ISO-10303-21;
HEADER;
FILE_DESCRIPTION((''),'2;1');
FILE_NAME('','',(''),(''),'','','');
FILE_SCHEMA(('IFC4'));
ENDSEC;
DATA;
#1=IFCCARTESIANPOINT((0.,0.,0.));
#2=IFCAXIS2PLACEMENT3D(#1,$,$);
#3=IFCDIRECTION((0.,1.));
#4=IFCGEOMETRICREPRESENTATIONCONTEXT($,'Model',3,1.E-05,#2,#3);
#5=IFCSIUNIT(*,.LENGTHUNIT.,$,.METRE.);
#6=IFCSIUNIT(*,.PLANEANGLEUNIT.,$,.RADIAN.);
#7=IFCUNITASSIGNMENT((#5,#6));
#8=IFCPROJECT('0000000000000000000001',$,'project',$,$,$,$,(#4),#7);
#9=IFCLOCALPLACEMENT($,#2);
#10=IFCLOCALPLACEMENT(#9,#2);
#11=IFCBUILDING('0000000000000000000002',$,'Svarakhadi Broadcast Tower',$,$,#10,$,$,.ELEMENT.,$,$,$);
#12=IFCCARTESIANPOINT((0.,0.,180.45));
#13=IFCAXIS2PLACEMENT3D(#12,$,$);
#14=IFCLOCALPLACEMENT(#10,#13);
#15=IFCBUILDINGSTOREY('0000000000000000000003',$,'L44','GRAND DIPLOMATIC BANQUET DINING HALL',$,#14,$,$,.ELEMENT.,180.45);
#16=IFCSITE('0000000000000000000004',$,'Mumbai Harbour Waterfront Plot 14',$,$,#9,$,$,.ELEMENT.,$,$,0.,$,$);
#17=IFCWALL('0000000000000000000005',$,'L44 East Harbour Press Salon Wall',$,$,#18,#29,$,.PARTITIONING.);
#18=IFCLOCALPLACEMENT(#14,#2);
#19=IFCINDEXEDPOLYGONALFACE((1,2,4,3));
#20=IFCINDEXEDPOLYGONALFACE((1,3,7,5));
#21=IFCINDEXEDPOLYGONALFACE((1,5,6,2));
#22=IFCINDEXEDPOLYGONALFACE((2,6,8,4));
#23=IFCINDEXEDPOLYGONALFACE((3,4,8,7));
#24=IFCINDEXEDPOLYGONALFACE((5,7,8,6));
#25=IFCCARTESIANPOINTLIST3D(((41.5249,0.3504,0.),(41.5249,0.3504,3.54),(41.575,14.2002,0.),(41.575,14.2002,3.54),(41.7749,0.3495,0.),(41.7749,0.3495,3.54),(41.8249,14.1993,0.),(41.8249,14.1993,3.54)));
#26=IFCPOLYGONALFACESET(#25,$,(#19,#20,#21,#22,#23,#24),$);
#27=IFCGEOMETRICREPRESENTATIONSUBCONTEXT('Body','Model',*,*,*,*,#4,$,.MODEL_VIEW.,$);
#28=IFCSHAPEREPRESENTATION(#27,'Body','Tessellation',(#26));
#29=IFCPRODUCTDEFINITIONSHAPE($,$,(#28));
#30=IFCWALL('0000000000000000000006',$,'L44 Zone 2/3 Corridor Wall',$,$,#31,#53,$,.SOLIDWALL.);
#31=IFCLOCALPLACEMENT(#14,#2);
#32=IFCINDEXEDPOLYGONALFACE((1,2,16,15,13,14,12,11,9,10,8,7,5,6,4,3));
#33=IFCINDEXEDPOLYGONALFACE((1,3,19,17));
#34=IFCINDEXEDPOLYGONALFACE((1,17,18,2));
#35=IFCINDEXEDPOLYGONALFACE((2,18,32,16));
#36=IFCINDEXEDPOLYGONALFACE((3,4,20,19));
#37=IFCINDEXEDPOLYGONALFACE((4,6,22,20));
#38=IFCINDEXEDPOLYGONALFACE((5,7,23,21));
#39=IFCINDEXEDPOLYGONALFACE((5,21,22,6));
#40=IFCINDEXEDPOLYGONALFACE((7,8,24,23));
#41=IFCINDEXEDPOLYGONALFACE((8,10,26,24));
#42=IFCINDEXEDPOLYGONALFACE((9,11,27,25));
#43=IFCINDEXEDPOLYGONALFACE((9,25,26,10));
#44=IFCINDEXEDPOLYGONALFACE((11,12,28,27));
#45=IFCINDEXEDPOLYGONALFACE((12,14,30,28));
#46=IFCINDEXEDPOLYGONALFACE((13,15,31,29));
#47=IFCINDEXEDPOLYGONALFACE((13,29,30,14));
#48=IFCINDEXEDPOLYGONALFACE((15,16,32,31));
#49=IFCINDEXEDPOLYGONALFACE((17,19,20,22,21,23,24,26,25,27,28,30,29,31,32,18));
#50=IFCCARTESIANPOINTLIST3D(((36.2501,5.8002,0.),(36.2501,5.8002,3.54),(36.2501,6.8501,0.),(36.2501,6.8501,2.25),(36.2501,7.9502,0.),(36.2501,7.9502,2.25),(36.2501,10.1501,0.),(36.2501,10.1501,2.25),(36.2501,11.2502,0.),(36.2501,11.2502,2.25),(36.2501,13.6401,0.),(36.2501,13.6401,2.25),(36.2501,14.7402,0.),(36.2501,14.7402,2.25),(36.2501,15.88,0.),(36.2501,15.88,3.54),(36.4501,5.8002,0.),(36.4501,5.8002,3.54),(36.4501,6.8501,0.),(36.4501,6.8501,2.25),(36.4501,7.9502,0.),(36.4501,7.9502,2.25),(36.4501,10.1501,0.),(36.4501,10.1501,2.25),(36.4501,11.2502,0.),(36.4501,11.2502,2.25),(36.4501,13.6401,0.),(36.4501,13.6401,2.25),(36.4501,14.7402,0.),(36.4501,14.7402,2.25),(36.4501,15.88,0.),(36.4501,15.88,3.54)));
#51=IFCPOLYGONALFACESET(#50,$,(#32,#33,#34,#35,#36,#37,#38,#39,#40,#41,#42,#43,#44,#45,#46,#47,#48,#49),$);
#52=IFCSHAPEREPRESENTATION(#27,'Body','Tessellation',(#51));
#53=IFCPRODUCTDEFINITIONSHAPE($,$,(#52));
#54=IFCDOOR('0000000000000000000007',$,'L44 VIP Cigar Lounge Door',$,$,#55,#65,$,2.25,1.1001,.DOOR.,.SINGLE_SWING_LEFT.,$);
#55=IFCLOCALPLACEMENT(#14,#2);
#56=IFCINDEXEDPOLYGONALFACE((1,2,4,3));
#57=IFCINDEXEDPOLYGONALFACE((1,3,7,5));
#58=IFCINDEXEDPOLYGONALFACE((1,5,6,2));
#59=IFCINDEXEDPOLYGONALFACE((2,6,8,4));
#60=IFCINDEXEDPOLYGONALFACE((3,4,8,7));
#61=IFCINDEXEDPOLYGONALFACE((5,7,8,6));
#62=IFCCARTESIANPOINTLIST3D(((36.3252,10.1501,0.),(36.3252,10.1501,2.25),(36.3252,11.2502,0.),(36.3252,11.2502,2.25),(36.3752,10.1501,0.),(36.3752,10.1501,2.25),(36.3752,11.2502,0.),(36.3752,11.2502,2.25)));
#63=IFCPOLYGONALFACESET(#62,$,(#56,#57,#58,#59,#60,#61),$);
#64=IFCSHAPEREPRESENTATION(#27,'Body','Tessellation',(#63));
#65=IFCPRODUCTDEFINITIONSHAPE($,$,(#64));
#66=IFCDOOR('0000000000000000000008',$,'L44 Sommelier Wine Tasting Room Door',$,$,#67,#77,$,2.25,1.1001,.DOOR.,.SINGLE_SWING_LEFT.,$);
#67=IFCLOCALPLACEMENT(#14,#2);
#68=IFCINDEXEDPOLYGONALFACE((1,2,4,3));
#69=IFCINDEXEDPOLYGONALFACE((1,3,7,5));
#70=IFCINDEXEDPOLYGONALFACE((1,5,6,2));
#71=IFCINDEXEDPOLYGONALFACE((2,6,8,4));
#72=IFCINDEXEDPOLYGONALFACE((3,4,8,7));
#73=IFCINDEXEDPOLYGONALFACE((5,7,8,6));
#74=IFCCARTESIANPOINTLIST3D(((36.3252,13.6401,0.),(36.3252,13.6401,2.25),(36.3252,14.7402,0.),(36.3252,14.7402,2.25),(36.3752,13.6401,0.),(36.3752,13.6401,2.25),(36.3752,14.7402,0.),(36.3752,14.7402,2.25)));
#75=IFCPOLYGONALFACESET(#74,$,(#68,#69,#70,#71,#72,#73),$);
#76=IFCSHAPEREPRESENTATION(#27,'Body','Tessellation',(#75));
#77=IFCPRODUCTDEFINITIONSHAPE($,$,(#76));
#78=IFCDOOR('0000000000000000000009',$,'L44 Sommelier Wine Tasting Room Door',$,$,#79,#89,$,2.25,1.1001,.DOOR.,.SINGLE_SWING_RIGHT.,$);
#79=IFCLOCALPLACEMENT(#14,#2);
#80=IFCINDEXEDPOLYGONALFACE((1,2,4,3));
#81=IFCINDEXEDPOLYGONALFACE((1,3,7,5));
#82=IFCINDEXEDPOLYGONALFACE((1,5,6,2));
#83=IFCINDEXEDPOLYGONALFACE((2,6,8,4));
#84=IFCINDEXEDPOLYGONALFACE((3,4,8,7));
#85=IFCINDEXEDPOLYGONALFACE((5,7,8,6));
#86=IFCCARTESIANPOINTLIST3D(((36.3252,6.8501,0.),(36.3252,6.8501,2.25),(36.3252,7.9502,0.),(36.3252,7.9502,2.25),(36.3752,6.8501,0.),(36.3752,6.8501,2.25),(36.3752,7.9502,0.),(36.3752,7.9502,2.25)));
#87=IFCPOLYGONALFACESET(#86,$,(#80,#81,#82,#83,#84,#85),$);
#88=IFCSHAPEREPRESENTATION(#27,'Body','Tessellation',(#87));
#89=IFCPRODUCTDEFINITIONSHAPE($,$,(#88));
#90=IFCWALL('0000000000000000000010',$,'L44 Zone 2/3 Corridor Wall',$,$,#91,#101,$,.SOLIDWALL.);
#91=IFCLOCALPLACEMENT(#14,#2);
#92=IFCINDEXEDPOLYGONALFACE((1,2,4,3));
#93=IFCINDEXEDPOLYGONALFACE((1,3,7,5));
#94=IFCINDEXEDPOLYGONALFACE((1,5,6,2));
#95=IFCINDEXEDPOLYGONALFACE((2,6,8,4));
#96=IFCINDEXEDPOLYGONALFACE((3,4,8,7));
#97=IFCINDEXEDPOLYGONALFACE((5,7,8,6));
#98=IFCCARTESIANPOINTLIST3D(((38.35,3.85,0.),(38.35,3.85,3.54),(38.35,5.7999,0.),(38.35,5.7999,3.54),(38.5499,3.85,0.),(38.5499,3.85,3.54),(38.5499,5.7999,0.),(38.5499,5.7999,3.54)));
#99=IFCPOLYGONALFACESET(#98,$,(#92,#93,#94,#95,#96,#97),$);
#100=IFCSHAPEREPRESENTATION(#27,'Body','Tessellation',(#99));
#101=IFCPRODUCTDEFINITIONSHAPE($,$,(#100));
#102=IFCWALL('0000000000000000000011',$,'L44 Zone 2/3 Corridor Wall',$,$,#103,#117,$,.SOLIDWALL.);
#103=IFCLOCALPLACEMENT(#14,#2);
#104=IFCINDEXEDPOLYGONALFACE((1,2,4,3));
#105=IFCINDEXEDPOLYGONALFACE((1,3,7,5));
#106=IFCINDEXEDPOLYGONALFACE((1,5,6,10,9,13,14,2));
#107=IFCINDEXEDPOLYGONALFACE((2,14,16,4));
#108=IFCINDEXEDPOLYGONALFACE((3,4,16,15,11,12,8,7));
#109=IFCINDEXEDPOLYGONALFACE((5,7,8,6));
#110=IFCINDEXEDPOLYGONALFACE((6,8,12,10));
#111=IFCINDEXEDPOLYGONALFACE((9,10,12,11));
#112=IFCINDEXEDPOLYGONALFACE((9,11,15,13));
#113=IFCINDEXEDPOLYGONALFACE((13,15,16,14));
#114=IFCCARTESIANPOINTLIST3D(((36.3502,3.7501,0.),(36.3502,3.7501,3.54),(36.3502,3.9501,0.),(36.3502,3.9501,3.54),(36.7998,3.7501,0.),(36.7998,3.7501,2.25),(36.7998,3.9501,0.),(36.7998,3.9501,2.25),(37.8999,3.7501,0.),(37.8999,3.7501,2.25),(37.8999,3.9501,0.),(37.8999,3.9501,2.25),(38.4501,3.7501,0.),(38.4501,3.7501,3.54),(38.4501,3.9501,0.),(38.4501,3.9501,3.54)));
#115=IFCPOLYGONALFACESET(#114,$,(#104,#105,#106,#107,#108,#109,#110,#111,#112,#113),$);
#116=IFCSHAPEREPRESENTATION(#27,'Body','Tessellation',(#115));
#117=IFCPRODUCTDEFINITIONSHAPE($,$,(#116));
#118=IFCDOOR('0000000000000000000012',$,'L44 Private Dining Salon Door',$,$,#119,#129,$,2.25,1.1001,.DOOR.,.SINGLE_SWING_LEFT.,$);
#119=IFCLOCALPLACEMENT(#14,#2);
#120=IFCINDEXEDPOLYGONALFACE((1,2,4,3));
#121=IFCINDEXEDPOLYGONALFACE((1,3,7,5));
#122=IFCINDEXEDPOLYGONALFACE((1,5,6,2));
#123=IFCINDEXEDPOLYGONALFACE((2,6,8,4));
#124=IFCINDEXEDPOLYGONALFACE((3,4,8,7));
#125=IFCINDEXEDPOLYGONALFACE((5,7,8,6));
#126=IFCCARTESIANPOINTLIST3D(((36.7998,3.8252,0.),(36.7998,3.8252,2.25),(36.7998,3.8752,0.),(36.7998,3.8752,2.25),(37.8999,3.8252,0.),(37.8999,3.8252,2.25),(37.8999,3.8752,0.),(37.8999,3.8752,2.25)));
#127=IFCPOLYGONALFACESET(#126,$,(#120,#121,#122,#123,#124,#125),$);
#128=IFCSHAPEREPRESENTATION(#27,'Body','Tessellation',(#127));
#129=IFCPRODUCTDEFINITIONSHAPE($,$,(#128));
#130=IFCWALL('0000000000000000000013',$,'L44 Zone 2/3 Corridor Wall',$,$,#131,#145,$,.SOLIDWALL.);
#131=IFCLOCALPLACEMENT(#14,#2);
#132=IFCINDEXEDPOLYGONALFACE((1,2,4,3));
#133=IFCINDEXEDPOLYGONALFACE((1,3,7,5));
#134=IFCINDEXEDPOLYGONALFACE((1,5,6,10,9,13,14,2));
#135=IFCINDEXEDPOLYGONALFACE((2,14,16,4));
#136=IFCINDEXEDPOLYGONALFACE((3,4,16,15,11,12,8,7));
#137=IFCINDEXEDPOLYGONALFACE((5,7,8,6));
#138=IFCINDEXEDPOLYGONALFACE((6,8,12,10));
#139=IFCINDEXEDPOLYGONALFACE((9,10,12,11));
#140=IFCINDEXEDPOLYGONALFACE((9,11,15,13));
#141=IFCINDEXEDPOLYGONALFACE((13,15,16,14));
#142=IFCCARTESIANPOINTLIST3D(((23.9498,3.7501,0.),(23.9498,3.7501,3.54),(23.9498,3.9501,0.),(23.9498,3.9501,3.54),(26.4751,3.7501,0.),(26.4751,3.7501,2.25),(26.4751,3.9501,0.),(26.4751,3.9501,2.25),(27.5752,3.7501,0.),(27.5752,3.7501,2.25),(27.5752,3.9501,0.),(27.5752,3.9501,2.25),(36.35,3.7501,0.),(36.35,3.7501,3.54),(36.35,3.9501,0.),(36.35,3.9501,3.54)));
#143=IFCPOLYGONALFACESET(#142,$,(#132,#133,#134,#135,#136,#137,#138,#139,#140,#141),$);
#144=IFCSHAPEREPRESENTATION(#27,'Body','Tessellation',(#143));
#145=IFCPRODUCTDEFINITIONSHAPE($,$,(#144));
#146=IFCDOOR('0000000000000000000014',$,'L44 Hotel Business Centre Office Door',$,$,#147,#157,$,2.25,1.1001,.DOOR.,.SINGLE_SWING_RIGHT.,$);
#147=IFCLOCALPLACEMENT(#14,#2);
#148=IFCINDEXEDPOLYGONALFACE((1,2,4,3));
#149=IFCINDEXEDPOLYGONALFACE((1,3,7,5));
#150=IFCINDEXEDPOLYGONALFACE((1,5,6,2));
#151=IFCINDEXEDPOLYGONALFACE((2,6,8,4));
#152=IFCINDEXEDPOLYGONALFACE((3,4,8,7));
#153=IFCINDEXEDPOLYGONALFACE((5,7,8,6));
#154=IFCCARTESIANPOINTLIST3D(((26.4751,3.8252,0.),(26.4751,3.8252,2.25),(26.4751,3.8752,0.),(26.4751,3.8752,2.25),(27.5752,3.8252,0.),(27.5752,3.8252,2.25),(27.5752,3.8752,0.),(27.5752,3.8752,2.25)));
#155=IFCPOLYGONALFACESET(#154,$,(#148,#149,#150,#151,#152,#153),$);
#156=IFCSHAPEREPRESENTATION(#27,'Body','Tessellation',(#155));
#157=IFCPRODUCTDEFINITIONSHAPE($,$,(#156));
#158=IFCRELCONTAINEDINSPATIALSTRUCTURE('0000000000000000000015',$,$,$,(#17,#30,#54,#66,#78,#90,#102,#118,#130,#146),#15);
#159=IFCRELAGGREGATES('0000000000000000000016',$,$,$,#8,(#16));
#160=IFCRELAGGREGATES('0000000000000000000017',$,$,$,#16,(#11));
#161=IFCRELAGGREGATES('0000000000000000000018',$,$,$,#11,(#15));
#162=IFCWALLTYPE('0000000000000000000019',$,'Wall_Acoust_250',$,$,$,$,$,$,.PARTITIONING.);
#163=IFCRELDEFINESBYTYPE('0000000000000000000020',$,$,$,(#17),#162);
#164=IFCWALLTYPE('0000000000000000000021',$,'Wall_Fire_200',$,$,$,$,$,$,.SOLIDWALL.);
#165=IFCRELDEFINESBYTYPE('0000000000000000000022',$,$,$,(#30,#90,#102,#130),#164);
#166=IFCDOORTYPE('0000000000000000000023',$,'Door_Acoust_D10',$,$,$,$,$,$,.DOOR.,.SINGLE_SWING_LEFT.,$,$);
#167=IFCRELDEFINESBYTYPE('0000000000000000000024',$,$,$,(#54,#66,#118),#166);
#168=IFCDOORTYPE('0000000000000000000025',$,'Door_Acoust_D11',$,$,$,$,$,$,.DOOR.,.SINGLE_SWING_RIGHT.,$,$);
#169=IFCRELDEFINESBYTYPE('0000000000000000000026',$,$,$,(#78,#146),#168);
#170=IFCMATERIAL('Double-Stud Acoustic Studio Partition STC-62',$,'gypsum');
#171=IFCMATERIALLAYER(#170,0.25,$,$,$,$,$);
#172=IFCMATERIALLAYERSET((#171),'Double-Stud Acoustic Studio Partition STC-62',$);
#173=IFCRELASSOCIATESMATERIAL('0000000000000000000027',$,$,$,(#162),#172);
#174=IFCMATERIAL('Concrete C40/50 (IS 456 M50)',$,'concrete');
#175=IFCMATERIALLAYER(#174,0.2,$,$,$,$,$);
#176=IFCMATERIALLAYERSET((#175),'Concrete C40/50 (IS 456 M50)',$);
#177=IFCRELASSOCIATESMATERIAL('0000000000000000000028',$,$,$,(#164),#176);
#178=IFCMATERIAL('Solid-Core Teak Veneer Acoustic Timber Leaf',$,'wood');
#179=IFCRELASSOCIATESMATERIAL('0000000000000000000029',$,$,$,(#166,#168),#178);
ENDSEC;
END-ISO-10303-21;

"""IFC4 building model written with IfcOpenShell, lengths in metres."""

from ifc_helpers import new_model, si_unit, direction, frame, frame_2d, origin, place, context, subcontext, project, spatial, rectangle, extrude, material, layer, layer_set, type_object, element, fill, save


model = new_model("IFC4")

# Units and contexts
model_context = context("Model", 3, precision=1e-05, world=origin(), true_north=direction((0.0, 1.0)))
body_context = subcontext(model_context, "Body", "Model", "MODEL_VIEW")
ifc_project = project(units=[si_unit("LENGTHUNIT", "METRE"), si_unit("PLANEANGLEUNIT", "RADIAN")], contexts=[model_context])

# Site, building, storey
site_placement = place(None, origin())
site = spatial("IfcSite", under=ifc_project, at=site_placement, Name="Mumbai Harbour Waterfront Plot 14", CompositionType="ELEMENT", RefElevation=0.0)
building_placement = place(site_placement, origin())
building = spatial("IfcBuilding", under=site, at=building_placement, Name="Svarakhadi Broadcast Tower", CompositionType="ELEMENT")
storey_placement = place(building_placement, frame((0.0, 0.0, 180.45)))
storey = spatial("IfcBuildingStorey", under=building, at=storey_placement, Name="L44", Description="GRAND DIPLOMATIC BANQUET DINING HALL", CompositionType="ELEMENT", Elevation=180.45)

# Wall
ifc_material_1 = material(Name="Double-Stud Acoustic Studio Partition STC-62", Category="gypsum")
ifc_layer_1 = layer(ifc_material_1, 0.25)
ifc_layer_set_1 = layer_set([ifc_layer_1], Name="Double-Stud Acoustic Studio Partition STC-62")
wall_type_1 = type_object("IfcWallType", Name="Wall_Acoust_250", PredefinedType="PARTITIONING", material=ifc_layer_set_1)
wall_1_placement = place(storey_placement, frame((41.6499, 0.3501, 0.0), z_axis=(0.0, 0.0, 1.0), x_axis=(0.003614, 0.999993, 0.0)))
element("IfcWall", 1, at=wall_1_placement, inside=storey, type_object=wall_type_1, Name="L44 East Harbour Press Salon Wall", PredefinedType="PARTITIONING", context=body_context, shape_type="SweptSolid", body=[
    extrude(rectangle(XDim=13.8499, YDim=0.25, at=frame_2d((6.9248, 0.0))), origin(), (0.0, 0.0, 1.0), 3.54),
])

# Wall, openings, doors
ifc_material_2 = material(Name="Concrete C40/50 (IS 456 M50)", Category="concrete")
ifc_layer_2 = layer(ifc_material_2, 0.2)
ifc_layer_set_2 = layer_set([ifc_layer_2], Name="Concrete C40/50 (IS 456 M50)")
wall_type_2 = type_object("IfcWallType", Name="Wall_Fire_200", PredefinedType="SOLIDWALL", material=ifc_layer_set_2)
wall_2_placement = place(storey_placement, frame((36.3501, 5.8, 0.0), z_axis=(0.0, 0.0, 1.0), x_axis=(0.0, 1.0, 0.0)))
wall_2 = element("IfcWall", 2, at=wall_2_placement, inside=storey, type_object=wall_type_2, Name="L44 Zone 2/3 Corridor Wall", PredefinedType="SOLIDWALL", context=body_context, shape_type="SweptSolid", body=[
    extrude(rectangle(XDim=10.0798, YDim=0.2, at=frame_2d((5.04, 0.0))), origin(), (0.0, 0.0, 1.0), 3.54),
])
opening_1_placement = place(wall_2_placement, frame((1.05, 0.0, 0.0)))
opening_1 = element("IfcOpeningElement", 3, at=opening_1_placement, cuts=wall_2, PredefinedType="OPENING", context=body_context, shape_type="SweptSolid", body=[
    extrude(rectangle(XDim=1.1001, YDim=2.25, at=frame_2d((0.55, 1.125))), frame((0.0, 0.1099, 0.0), z_axis=(0.0, -1.0, 0.0), x_axis=(1.0, 0.0, 0.0)), (0.0, 0.0, 1.0), 0.22),
])
opening_2_placement = place(wall_2_placement, frame((4.3501, 0.0, 0.0)))
opening_2 = element("IfcOpeningElement", 4, at=opening_2_placement, cuts=wall_2, PredefinedType="OPENING", context=body_context, shape_type="SweptSolid", body=[
    extrude(rectangle(XDim=1.1001, YDim=2.25, at=frame_2d((0.55, 1.125))), frame((0.0, 0.1099, 0.0), z_axis=(0.0, -1.0, 0.0), x_axis=(1.0, 0.0, 0.0)), (0.0, 0.0, 1.0), 0.22),
])
opening_3_placement = place(wall_2_placement, frame((7.8401, 0.0, 0.0)))
opening_3 = element("IfcOpeningElement", 5, at=opening_3_placement, cuts=wall_2, PredefinedType="OPENING", context=body_context, shape_type="SweptSolid", body=[
    extrude(rectangle(XDim=1.1001, YDim=2.25, at=frame_2d((0.55, 1.125))), frame((0.0, 0.1099, 0.0), z_axis=(0.0, -1.0, 0.0), x_axis=(1.0, 0.0, 0.0)), (0.0, 0.0, 1.0), 0.22),
])
ifc_material_3 = material(Name="Solid-Core Teak Veneer Acoustic Timber Leaf", Category="wood")
door_type_1 = type_object("IfcDoorType", Name="Door_Acoust_D10", OperationType="SINGLE_SWING_LEFT", PredefinedType="DOOR", material=ifc_material_3)
door_1_placement = place(opening_2_placement, origin())
door_1 = element("IfcDoor", 6, at=door_1_placement, inside=storey, type_object=door_type_1, Name="L44 VIP Cigar Lounge Door", OperationType="SINGLE_SWING_LEFT", OverallHeight=2.25, OverallWidth=1.1001, PredefinedType="DOOR", context=body_context, shape_type="SweptSolid", body=[
    extrude(rectangle(XDim=1.1001, YDim=2.25, at=frame_2d((0.55, 1.125))), frame((0.0, 0.0249, 0.0), z_axis=(0.0, -1.0, 0.0), x_axis=(1.0, 0.0, 0.0)), (0.0, 0.0, 1.0), 0.05),
])
fill(opening_2, door_1)
door_2_placement = place(opening_3_placement, origin())
door_2 = element("IfcDoor", 7, at=door_2_placement, inside=storey, type_object=door_type_1, Name="L44 Sommelier Wine Tasting Room Door", OperationType="SINGLE_SWING_LEFT", OverallHeight=2.25, OverallWidth=1.1001, PredefinedType="DOOR", context=body_context, shape_type="SweptSolid", body=[
    extrude(rectangle(XDim=1.1001, YDim=2.25, at=frame_2d((0.55, 1.125))), frame((0.0, 0.0249, 0.0), z_axis=(0.0, -1.0, 0.0), x_axis=(1.0, 0.0, 0.0)), (0.0, 0.0, 1.0), 0.05),
])
fill(opening_3, door_2)
door_type_2 = type_object("IfcDoorType", Name="Door_Acoust_D11", OperationType="SINGLE_SWING_RIGHT", PredefinedType="DOOR", material=ifc_material_3)
door_3_placement = place(opening_1_placement, origin())
door_3 = element("IfcDoor", 8, at=door_3_placement, inside=storey, type_object=door_type_2, Name="L44 Sommelier Wine Tasting Room Door", OperationType="SINGLE_SWING_RIGHT", OverallHeight=2.25, OverallWidth=1.1001, PredefinedType="DOOR", context=body_context, shape_type="SweptSolid", body=[
    extrude(rectangle(XDim=1.1001, YDim=2.25, at=frame_2d((0.55, 1.125))), frame((0.0, 0.0249, 0.0), z_axis=(0.0, -1.0, 0.0), x_axis=(1.0, 0.0, 0.0)), (0.0, 0.0, 1.0), 0.05),
])
fill(opening_1, door_3)

# Wall
wall_3_placement = place(storey_placement, frame((38.45, 5.8, 0.0), z_axis=(0.0, 0.0, 1.0), x_axis=(0.0, -1.0, 0.0)))
element("IfcWall", 9, at=wall_3_placement, inside=storey, type_object=wall_type_2, Name="L44 Zone 2/3 Corridor Wall", PredefinedType="SOLIDWALL", context=body_context, shape_type="SweptSolid", body=[
    extrude(rectangle(XDim=1.95, YDim=0.2, at=frame_2d((0.9751, 0.0))), origin(), (0.0, 0.0, 1.0), 3.54),
])

# Walls, openings, doors
wall_4_placement = place(storey_placement, frame((38.45, 3.8501, 0.0), z_axis=(0.0, 0.0, 1.0), x_axis=(-1.0, 0.0, 0.0)))
wall_4 = element("IfcWall", 10, at=wall_4_placement, inside=storey, type_object=wall_type_2, Name="L44 Zone 2/3 Corridor Wall", PredefinedType="SOLIDWALL", context=body_context, shape_type="SweptSolid", body=[
    extrude(rectangle(XDim=2.0999, YDim=0.2, at=frame_2d((1.0498, 0.0))), origin(), (0.0, 0.0, 1.0), 3.54),
])
opening_4_placement = place(wall_4_placement, frame((0.55, 0.0, 0.0)))
opening_4 = element("IfcOpeningElement", 11, at=opening_4_placement, cuts=wall_4, PredefinedType="OPENING", context=body_context, shape_type="SweptSolid", body=[
    extrude(rectangle(XDim=1.1001, YDim=2.25, at=frame_2d((0.55, 1.125))), frame((0.0, 0.1099, 0.0), z_axis=(0.0, -1.0, 0.0), x_axis=(1.0, 0.0, 0.0)), (0.0, 0.0, 1.0), 0.22),
])
door_4_placement = place(opening_4_placement, origin())
door_4 = element("IfcDoor", 12, at=door_4_placement, inside=storey, type_object=door_type_1, Name="L44 Private Dining Salon Door", OperationType="SINGLE_SWING_LEFT", OverallHeight=2.25, OverallWidth=1.1001, PredefinedType="DOOR", context=body_context, shape_type="SweptSolid", body=[
    extrude(rectangle(XDim=1.1001, YDim=2.25, at=frame_2d((0.55, 1.125))), frame((0.0, 0.0249, 0.0), z_axis=(0.0, -1.0, 0.0), x_axis=(1.0, 0.0, 0.0)), (0.0, 0.0, 1.0), 0.05),
])
fill(opening_4, door_4)
wall_5_placement = place(storey_placement, frame((36.3501, 3.8501, 0.0), z_axis=(0.0, 0.0, 1.0), x_axis=(-1.0, 0.0, 0.0)))
wall_5 = element("IfcWall", 13, at=wall_5_placement, inside=storey, type_object=wall_type_2, Name="L44 Zone 2/3 Corridor Wall", PredefinedType="SOLIDWALL", context=body_context, shape_type="SweptSolid", body=[
    extrude(rectangle(XDim=12.4001, YDim=0.2, at=frame_2d((6.2002, 0.0))), origin(), (0.0, 0.0, 1.0), 3.54),
])
opening_5_placement = place(wall_5_placement, frame((8.7749, 0.0, 0.0)))
opening_5 = element("IfcOpeningElement", 14, at=opening_5_placement, cuts=wall_5, PredefinedType="OPENING", context=body_context, shape_type="SweptSolid", body=[
    extrude(rectangle(XDim=1.1001, YDim=2.25, at=frame_2d((0.55, 1.125))), frame((0.0, 0.1099, 0.0), z_axis=(0.0, -1.0, 0.0), x_axis=(1.0, 0.0, 0.0)), (0.0, 0.0, 1.0), 0.22),
])
door_5_placement = place(opening_5_placement, origin())
door_5 = element("IfcDoor", 15, at=door_5_placement, inside=storey, type_object=door_type_2, Name="L44 Hotel Business Centre Office Door", OperationType="SINGLE_SWING_RIGHT", OverallHeight=2.25, OverallWidth=1.1001, PredefinedType="DOOR", context=body_context, shape_type="SweptSolid", body=[
    extrude(rectangle(XDim=1.1001, YDim=2.25, at=frame_2d((0.55, 1.125))), frame((0.0, 0.0249, 0.0), z_axis=(0.0, -1.0, 0.0), x_axis=(1.0, 0.0, 0.0)), (0.0, 0.0, 1.0), 0.05),
])
fill(opening_5, door_5)

save(model, "model.ifc")
